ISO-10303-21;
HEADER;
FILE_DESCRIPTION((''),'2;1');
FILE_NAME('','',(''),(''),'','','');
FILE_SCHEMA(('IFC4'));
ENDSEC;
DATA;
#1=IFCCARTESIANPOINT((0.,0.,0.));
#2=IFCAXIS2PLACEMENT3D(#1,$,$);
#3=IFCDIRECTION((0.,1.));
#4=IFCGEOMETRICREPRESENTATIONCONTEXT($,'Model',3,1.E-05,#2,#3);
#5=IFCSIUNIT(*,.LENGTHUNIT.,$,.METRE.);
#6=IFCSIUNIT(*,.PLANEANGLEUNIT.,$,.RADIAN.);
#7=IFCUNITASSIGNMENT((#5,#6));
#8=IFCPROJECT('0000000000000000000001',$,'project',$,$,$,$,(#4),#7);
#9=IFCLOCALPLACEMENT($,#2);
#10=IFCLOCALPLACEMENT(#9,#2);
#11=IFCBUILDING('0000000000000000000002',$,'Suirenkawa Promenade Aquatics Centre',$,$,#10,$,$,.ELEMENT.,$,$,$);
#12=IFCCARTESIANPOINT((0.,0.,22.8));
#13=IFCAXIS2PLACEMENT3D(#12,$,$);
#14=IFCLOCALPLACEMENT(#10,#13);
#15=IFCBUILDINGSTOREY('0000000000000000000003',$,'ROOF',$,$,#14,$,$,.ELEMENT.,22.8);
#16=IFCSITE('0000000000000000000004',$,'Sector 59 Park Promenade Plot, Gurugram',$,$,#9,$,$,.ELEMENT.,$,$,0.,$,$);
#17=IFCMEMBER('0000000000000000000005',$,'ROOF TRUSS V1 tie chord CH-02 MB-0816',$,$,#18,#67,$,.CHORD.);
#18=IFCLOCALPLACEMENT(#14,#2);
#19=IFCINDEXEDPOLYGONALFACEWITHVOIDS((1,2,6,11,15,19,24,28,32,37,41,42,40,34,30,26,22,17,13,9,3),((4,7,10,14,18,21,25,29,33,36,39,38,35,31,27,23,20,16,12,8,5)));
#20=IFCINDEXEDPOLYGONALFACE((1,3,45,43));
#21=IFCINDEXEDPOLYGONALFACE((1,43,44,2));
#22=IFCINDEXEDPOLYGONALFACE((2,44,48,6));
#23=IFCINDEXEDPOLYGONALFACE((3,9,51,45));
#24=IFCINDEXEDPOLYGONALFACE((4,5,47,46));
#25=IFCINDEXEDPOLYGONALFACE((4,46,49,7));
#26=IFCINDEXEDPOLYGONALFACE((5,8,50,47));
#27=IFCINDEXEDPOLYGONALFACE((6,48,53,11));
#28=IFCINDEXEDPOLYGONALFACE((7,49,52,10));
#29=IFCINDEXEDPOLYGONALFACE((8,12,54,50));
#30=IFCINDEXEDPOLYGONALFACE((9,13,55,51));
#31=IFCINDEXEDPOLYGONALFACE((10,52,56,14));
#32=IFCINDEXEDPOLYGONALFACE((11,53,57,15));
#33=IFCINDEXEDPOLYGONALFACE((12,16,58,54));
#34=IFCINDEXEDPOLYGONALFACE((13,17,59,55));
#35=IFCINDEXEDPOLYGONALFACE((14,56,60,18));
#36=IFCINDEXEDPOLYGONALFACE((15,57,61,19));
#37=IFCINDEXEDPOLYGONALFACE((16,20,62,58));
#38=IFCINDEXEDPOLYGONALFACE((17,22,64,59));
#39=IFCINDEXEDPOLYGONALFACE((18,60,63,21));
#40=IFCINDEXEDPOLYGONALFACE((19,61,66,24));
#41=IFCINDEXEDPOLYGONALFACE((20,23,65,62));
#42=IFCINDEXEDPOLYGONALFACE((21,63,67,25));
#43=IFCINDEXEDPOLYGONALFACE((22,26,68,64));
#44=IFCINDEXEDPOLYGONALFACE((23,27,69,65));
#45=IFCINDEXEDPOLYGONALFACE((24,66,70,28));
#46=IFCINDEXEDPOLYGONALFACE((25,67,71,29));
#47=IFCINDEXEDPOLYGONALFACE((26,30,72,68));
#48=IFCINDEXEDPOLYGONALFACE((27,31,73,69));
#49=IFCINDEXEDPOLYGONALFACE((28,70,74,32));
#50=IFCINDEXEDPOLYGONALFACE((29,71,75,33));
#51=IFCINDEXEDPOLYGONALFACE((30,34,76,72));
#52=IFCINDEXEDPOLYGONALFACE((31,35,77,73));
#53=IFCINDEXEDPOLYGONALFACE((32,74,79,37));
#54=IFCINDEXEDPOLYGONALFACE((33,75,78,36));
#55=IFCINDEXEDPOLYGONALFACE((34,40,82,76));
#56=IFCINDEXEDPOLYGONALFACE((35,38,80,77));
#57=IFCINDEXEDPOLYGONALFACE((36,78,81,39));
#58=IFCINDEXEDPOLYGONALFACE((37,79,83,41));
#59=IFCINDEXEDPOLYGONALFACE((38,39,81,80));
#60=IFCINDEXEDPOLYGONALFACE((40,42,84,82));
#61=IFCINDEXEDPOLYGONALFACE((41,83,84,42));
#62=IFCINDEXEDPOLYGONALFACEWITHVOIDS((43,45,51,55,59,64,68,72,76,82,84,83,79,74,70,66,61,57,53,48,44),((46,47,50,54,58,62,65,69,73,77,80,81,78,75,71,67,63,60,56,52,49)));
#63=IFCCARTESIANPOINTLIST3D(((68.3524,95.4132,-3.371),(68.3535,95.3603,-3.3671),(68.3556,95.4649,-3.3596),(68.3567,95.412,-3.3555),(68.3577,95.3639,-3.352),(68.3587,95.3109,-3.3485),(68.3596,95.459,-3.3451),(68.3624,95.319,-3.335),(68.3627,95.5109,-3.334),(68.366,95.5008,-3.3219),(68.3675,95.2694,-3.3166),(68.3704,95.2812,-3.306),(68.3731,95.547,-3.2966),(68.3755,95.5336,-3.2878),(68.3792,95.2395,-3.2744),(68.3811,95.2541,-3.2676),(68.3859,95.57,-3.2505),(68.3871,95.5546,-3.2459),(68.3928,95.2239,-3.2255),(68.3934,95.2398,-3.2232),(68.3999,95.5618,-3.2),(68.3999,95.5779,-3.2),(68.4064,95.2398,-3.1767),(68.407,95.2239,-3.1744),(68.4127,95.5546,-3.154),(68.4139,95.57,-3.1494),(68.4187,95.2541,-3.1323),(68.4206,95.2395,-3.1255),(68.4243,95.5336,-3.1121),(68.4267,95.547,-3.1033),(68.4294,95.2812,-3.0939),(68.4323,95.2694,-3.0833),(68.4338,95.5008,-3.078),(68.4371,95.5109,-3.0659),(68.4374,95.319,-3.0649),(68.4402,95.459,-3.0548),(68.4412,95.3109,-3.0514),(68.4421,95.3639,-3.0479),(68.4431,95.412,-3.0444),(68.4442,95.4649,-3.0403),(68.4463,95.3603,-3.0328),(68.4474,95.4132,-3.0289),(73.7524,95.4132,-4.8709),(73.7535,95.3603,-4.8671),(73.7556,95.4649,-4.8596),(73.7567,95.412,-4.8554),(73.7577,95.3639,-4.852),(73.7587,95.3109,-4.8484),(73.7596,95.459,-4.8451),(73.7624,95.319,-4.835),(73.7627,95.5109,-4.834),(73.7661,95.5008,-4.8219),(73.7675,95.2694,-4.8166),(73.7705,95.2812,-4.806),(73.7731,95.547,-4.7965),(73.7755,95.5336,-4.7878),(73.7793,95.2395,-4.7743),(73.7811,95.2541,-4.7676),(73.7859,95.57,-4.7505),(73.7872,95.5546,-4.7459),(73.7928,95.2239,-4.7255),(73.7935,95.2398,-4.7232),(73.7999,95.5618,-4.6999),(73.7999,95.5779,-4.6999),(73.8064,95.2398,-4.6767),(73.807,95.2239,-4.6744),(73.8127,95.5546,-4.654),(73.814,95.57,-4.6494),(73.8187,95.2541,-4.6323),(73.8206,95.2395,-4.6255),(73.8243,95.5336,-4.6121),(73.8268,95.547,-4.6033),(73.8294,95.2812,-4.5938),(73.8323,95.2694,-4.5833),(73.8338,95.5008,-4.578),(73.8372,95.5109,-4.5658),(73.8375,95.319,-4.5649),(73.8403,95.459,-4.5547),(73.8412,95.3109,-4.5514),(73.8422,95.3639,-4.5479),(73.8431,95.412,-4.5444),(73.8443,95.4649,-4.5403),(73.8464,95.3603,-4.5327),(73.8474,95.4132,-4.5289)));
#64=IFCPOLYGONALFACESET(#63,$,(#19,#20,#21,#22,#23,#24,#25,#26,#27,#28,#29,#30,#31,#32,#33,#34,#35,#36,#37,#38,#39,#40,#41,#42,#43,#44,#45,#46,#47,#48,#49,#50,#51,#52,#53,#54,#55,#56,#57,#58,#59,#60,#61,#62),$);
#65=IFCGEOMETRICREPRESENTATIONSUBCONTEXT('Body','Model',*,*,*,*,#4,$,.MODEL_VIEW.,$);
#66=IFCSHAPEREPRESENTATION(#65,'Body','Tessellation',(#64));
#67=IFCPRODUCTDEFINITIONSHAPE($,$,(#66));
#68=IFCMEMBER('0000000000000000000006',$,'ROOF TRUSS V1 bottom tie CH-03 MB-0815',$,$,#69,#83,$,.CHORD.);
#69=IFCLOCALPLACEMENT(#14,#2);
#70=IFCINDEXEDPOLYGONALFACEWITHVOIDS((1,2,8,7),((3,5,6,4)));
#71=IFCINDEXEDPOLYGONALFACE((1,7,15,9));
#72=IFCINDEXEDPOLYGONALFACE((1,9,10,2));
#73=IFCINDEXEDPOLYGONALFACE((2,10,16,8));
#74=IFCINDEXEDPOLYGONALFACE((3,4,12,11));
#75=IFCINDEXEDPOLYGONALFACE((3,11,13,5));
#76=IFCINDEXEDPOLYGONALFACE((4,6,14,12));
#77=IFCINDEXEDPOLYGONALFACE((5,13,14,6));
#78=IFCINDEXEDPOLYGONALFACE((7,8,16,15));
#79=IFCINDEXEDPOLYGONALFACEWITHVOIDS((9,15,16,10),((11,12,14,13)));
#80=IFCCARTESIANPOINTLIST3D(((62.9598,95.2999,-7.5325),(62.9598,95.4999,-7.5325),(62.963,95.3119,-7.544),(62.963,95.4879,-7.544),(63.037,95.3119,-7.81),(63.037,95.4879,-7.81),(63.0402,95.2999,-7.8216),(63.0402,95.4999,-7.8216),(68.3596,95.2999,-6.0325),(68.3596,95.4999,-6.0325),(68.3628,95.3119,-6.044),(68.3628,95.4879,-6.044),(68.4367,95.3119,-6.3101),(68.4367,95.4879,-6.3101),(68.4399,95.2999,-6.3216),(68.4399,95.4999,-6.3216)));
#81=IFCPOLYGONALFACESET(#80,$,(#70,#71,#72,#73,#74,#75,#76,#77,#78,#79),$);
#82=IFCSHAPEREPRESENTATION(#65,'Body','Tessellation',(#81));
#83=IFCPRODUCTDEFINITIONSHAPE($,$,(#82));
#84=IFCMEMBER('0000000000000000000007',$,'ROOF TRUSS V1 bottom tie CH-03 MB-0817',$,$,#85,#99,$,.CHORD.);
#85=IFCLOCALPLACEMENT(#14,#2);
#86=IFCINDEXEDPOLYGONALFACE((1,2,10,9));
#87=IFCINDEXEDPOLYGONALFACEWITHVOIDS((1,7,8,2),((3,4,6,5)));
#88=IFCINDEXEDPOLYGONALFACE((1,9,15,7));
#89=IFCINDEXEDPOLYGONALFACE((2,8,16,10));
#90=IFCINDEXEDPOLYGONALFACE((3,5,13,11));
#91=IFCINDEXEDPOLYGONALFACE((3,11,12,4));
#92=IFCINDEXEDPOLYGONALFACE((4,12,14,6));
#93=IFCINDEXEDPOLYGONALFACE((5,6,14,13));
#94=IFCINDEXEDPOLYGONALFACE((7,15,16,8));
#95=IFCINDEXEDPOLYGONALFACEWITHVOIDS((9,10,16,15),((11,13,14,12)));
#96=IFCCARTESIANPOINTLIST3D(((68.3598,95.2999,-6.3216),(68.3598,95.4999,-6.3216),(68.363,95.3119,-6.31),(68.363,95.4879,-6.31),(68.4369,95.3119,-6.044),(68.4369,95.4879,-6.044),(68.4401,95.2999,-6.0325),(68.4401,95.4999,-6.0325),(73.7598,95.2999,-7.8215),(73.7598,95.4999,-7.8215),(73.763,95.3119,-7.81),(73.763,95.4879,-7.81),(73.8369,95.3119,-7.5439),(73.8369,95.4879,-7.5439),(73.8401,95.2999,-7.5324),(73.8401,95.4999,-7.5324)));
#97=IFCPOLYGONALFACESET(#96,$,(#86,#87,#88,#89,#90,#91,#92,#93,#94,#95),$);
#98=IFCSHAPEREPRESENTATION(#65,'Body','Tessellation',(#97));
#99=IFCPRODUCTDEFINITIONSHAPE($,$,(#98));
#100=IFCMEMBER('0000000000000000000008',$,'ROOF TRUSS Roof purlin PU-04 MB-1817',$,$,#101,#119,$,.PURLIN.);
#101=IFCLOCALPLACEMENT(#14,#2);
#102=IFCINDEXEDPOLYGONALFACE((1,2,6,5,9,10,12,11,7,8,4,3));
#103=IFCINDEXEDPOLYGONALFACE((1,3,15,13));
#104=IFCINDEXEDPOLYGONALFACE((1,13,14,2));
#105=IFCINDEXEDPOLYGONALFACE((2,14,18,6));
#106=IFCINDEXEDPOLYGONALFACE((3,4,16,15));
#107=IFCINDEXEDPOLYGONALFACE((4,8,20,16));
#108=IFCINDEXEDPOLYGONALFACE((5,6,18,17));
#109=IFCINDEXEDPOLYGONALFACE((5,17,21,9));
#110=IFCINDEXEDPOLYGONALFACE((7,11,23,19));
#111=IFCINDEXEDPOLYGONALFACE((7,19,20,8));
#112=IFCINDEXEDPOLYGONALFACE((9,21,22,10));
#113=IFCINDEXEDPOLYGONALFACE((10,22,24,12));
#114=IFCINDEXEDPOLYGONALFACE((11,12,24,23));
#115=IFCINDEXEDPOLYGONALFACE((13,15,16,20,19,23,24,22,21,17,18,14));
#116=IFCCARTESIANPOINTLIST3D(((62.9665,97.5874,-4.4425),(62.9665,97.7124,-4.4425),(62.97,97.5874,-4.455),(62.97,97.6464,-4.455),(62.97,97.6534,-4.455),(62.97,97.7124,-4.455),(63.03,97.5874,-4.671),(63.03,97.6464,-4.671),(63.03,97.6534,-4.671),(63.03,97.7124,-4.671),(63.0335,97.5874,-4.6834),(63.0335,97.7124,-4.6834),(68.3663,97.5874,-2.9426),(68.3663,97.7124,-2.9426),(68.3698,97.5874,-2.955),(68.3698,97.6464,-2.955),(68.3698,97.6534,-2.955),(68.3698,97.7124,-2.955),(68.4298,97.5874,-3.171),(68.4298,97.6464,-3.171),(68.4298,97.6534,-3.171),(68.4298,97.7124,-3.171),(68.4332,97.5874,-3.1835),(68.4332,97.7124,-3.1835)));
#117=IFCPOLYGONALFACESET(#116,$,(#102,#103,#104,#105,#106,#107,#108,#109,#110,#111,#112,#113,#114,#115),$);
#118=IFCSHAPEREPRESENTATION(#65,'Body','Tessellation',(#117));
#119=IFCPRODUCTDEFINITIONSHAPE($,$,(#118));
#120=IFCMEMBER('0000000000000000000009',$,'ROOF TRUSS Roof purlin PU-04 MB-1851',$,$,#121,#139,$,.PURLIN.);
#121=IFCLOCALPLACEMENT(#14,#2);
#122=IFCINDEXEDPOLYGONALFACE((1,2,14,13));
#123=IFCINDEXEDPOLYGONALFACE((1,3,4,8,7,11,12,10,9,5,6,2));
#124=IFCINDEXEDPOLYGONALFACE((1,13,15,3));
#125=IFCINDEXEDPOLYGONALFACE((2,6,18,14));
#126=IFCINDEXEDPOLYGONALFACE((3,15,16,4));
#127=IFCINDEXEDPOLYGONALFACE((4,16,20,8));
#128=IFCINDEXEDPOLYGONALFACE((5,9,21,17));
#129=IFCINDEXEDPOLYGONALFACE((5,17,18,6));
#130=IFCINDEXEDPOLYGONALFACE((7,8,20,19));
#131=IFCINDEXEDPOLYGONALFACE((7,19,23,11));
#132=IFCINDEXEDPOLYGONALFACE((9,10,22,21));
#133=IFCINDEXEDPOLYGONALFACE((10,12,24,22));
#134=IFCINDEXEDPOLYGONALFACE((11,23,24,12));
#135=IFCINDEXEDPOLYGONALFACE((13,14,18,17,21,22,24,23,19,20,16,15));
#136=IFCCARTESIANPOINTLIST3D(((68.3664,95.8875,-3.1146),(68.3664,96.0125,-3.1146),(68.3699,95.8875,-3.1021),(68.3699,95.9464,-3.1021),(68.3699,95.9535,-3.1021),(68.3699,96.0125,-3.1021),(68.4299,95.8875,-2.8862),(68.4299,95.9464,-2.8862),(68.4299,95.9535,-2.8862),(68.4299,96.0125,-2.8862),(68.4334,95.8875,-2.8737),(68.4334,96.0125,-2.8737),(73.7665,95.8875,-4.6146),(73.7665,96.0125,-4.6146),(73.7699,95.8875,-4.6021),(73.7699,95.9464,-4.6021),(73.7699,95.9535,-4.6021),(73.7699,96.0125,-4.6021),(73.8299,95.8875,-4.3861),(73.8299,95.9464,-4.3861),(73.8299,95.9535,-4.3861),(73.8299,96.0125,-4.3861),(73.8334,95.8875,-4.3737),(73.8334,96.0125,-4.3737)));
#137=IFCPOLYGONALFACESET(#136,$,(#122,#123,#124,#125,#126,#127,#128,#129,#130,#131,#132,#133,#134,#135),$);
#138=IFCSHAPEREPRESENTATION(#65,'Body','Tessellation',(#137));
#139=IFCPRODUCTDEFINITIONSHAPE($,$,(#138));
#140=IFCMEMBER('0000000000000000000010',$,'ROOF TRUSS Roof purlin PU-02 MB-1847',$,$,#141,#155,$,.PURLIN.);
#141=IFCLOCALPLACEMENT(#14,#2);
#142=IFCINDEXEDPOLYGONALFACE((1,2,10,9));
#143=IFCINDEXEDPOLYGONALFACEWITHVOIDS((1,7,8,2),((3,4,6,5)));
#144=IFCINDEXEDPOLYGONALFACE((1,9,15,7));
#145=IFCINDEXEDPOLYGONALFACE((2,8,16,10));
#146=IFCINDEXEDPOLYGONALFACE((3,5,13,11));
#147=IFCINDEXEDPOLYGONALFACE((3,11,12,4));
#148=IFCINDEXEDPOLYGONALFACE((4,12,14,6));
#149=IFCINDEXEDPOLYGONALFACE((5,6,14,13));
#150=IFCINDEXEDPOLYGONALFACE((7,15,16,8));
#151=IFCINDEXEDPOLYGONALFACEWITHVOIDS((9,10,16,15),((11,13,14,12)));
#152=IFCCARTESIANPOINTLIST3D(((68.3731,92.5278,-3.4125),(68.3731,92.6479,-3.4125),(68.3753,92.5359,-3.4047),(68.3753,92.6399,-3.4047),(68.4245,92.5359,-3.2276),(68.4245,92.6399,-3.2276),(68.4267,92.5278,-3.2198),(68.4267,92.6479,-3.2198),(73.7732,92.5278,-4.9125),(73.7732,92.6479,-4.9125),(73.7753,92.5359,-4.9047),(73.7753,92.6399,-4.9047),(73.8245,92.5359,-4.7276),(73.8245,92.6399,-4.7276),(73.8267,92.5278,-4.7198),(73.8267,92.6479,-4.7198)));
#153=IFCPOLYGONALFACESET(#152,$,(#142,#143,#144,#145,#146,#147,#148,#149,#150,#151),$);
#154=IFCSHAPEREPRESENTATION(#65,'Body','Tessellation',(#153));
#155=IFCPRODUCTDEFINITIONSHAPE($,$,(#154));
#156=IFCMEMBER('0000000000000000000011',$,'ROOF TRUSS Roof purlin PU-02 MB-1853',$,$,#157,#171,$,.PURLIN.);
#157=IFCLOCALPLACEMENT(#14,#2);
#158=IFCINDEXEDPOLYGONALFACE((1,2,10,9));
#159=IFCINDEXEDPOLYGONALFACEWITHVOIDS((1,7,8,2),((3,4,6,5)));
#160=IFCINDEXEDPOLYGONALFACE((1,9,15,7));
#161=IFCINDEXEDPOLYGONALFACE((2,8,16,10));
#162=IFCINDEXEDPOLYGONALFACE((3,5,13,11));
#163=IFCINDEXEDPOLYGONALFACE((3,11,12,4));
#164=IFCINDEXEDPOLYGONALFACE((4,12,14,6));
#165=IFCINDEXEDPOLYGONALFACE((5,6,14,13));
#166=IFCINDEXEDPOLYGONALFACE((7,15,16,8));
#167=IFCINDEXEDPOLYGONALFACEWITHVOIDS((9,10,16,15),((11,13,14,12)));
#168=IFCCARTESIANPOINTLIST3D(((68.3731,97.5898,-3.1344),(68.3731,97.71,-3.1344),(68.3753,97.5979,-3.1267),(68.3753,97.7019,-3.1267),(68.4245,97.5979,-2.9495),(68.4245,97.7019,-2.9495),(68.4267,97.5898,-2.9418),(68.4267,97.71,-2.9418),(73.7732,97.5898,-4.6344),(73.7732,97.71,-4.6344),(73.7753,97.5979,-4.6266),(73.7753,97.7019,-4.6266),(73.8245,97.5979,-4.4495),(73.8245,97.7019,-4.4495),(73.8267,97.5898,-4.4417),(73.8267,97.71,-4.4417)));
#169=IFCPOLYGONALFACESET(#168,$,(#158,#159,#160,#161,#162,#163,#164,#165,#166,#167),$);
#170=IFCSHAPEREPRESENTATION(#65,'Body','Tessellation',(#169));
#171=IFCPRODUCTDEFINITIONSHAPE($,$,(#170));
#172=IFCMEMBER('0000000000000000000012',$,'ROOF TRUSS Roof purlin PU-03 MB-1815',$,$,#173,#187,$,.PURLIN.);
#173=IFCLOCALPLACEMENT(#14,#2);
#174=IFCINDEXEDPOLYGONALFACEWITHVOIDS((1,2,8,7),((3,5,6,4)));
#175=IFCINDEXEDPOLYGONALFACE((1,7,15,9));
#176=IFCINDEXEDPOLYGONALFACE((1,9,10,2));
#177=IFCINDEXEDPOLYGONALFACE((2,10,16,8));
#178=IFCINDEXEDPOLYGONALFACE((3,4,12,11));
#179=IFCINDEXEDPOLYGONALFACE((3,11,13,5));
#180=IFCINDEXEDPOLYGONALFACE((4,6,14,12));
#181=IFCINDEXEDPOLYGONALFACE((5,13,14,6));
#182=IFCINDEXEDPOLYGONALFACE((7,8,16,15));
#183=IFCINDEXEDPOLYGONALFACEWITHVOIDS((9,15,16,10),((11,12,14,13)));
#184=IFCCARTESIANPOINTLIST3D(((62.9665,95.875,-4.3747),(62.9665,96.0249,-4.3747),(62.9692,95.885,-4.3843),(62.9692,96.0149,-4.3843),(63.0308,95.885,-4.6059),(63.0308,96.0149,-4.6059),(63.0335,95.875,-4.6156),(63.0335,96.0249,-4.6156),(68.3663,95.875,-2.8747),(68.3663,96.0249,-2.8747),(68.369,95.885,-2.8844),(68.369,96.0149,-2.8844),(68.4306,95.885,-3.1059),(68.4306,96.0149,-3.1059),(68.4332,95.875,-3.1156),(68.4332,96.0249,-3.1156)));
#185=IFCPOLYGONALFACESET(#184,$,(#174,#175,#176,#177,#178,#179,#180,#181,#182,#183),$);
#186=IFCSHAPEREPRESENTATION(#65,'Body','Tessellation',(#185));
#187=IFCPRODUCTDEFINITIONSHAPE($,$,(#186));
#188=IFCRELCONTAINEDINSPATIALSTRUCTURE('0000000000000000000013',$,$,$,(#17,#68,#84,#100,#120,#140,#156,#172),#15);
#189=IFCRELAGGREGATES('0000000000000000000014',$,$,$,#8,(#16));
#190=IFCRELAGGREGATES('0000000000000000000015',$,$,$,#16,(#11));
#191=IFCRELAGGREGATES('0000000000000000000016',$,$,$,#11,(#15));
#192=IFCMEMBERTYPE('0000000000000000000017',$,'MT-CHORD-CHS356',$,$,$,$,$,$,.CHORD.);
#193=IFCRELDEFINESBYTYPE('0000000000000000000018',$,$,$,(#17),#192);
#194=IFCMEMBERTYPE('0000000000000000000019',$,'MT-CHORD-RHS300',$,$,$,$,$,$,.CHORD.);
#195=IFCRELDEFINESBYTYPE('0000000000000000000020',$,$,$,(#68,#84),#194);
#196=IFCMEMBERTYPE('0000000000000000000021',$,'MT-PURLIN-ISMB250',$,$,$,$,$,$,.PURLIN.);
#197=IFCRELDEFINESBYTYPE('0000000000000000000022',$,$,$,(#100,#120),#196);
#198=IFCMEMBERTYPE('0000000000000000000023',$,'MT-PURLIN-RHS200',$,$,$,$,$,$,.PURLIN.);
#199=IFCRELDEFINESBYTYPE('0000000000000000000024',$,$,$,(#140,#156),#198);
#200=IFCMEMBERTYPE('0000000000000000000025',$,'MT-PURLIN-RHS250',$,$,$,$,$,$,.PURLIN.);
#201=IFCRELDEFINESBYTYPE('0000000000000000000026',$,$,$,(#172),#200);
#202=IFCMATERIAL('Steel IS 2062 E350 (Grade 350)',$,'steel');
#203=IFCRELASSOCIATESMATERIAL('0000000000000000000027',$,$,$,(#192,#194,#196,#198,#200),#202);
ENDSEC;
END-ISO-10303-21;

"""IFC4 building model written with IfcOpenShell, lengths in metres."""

from ifc_helpers import new_model, si_unit, direction, frame, origin, origin_2d, place, context, subcontext, project, spatial, hollow_rectangle, hollow_circle, i_section, extrude, material, material_profile, profile_set, type_object, element, save


model = new_model("IFC4")

# Units and contexts
model_context = context("Model", 3, precision=1e-05, world=origin(), true_north=direction((0.0, 1.0)))
body_context = subcontext(model_context, "Body", "Model", "MODEL_VIEW")
ifc_project = project(units=[si_unit("LENGTHUNIT", "METRE"), si_unit("PLANEANGLEUNIT", "RADIAN")], contexts=[model_context])

# Site, building, storey
site_placement = place(None, origin())
site = spatial("IfcSite", under=ifc_project, at=site_placement, Name="Sector 59 Park Promenade Plot, Gurugram", CompositionType="ELEMENT", RefElevation=0.0)
building_placement = place(site_placement, origin())
building = spatial("IfcBuilding", under=site, at=building_placement, Name="Suirenkawa Promenade Aquatics Centre", CompositionType="ELEMENT")
storey_placement = place(building_placement, frame((0.0, 0.0, 22.8)))
storey = spatial("IfcBuildingStorey", under=building, at=storey_placement, Name="ROOF", CompositionType="ELEMENT", Elevation=22.8)

# Shared definitions
ifc_material_1 = material(Name="Steel IS 2062 E350 (Grade 350)", Category="steel")

# Members
ifc_material_profile_1 = material_profile(ifc_material_1, hollow_circle(Radius=0.178, WallThickness=0.0161, at=origin_2d()), Name="CHS 356x16", Category="steel")
ifc_profile_set_1 = profile_set([ifc_material_profile_1], Name="Steel IS 2062 E350 (Grade 350)")
member_type_1 = type_object("IfcMemberType", Name="MT-CHORD-CHS356", PredefinedType="CHORD", material=ifc_profile_set_1)
member_1_placement = place(storey_placement, frame((68.3999, 95.3999, -3.2), z_axis=(0.96352, 0.0, -0.267637), x_axis=(0.0, 1.0, 0.0)))
element("IfcMember", 1, at=member_1_placement, inside=storey, type_object=member_type_1, Name="ROOF TRUSS V1 tie chord CH-02 MB-0816", PredefinedType="CHORD", context=body_context, shape_type="SweptSolid", body=[
    extrude(hollow_circle(Radius=0.178, WallThickness=0.0161, at=origin_2d()), origin(), (0.0, 0.0, 1.0), 5.6045),
])
ifc_material_profile_2 = material_profile(ifc_material_1, hollow_rectangle(XDim=0.2, YDim=0.3, WallThickness=0.012, at=origin_2d()), Name="RHS 300x200x12", Category="steel")
ifc_profile_set_2 = profile_set([ifc_material_profile_2], Name="Steel IS 2062 E350 (Grade 350)")
member_type_2 = type_object("IfcMemberType", Name="MT-CHORD-RHS300", PredefinedType="CHORD", material=ifc_profile_set_2)
member_2_placement = place(storey_placement, frame((63.0, 95.3999, -7.677), z_axis=(0.963517, 0.0, 0.267648), x_axis=(0.0, 1.0, 0.0)))
element("IfcMember", 2, at=member_2_placement, inside=storey, type_object=member_type_2, Name="ROOF TRUSS V1 bottom tie CH-03 MB-0815", PredefinedType="CHORD", context=body_context, shape_type="SweptSolid", body=[
    extrude(hollow_rectangle(XDim=0.2, YDim=0.3, WallThickness=0.012, at=origin_2d()), origin(), (0.0, 0.0, 1.0), 5.6042),
])
member_3_placement = place(storey_placement, frame((68.3999, 95.3999, -6.177), z_axis=(0.96352, 0.0, -0.267637), x_axis=(0.0, 1.0, 0.0)))
element("IfcMember", 3, at=member_3_placement, inside=storey, type_object=member_type_2, Name="ROOF TRUSS V1 bottom tie CH-03 MB-0817", PredefinedType="CHORD", context=body_context, shape_type="SweptSolid", body=[
    extrude(hollow_rectangle(XDim=0.2, YDim=0.3, WallThickness=0.012, at=origin_2d()), origin(), (0.0, 0.0, 1.0), 5.6045),
])
ifc_material_profile_3 = material_profile(ifc_material_1, i_section(OverallWidth=0.125, OverallDepth=0.25, WebThickness=0.0071, FlangeThickness=0.0129, at=origin_2d()), Name="ISMB 250", Category="steel")
ifc_profile_set_3 = profile_set([ifc_material_profile_3], Name="Steel IS 2062 E350 (Grade 350)")
member_type_3 = type_object("IfcMemberType", Name="MT-PURLIN-ISMB250", PredefinedType="PURLIN", material=ifc_profile_set_3)
member_4_placement = place(storey_placement, frame((63.0, 97.6499, -4.563), z_axis=(0.963517, 0.0, 0.267648), x_axis=(0.0, 1.0, 0.0)))
element("IfcMember", 4, at=member_4_placement, inside=storey, type_object=member_type_3, Name="ROOF TRUSS Roof purlin PU-04 MB-1817", PredefinedType="PURLIN", context=body_context, shape_type="SweptSolid", body=[
    extrude(i_section(OverallWidth=0.125, OverallDepth=0.25, WebThickness=0.0071, FlangeThickness=0.0129, at=origin_2d()), origin(), (0.0, 0.0, 1.0), 5.6042),
])
member_5_placement = place(storey_placement, frame((68.3999, 95.95, -2.9941), z_axis=(0.96352, 0.0, -0.267637), x_axis=(0.0, 1.0, 0.0)))
element("IfcMember", 5, at=member_5_placement, inside=storey, type_object=member_type_3, Name="ROOF TRUSS Roof purlin PU-04 MB-1851", PredefinedType="PURLIN", context=body_context, shape_type="SweptSolid", body=[
    extrude(i_section(OverallWidth=0.125, OverallDepth=0.25, WebThickness=0.0071, FlangeThickness=0.0129, at=origin_2d()), origin(), (0.0, 0.0, 1.0), 5.6045),
])
ifc_material_profile_4 = material_profile(ifc_material_1, hollow_rectangle(XDim=0.1201, YDim=0.2, WallThickness=0.0081, at=origin_2d()), Name="RHS 200x120x8", Category="steel")
ifc_profile_set_4 = profile_set([ifc_material_profile_4], Name="Steel IS 2062 E350 (Grade 350)")
member_type_4 = type_object("IfcMemberType", Name="MT-PURLIN-RHS200", PredefinedType="PURLIN", material=ifc_profile_set_4)
for number, where, z_axis, x_axis, name in (
    (6, (68.3999, 92.5879, -3.3162), (0.96352, 0.0, -0.267637), (0.0, 1.0, 0.0), "ROOF TRUSS Roof purlin PU-02 MB-1847"),
    (7, (68.3999, 97.6499, -3.0381), (0.96352, 0.0, -0.267637), (0.0, 1.0, 0.0), "ROOF TRUSS Roof purlin PU-02 MB-1853"),
):
    element("IfcMember", number, at=place(storey_placement, frame(where, z_axis=z_axis, x_axis=x_axis)), inside=storey, type_object=member_type_4, Name=name, PredefinedType="PURLIN", context=body_context, shape_type="SweptSolid", body=[
        extrude(hollow_rectangle(XDim=0.1201, YDim=0.2, WallThickness=0.0081, at=origin_2d()), origin(), (0.0, 0.0, 1.0), 5.6045),
    ])
ifc_material_profile_5 = material_profile(ifc_material_1, hollow_rectangle(XDim=0.1499, YDim=0.25, WallThickness=0.01, at=origin_2d()), Name="RHS 250x150x10", Category="steel")
ifc_profile_set_5 = profile_set([ifc_material_profile_5], Name="Steel IS 2062 E350 (Grade 350)")
member_type_5 = type_object("IfcMemberType", Name="MT-PURLIN-RHS250", PredefinedType="PURLIN", material=ifc_profile_set_5)
member_6_placement = place(storey_placement, frame((63.0, 95.95, -4.4951), z_axis=(0.963517, 0.0, 0.267648), x_axis=(0.0, 1.0, 0.0)))
element("IfcMember", 8, at=member_6_placement, inside=storey, type_object=member_type_5, Name="ROOF TRUSS Roof purlin PU-03 MB-1815", PredefinedType="PURLIN", context=body_context, shape_type="SweptSolid", body=[
    extrude(hollow_rectangle(XDim=0.1499, YDim=0.25, WallThickness=0.01, at=origin_2d()), origin(), (0.0, 0.0, 1.0), 5.6042),
])

save(model, "model.ifc")
